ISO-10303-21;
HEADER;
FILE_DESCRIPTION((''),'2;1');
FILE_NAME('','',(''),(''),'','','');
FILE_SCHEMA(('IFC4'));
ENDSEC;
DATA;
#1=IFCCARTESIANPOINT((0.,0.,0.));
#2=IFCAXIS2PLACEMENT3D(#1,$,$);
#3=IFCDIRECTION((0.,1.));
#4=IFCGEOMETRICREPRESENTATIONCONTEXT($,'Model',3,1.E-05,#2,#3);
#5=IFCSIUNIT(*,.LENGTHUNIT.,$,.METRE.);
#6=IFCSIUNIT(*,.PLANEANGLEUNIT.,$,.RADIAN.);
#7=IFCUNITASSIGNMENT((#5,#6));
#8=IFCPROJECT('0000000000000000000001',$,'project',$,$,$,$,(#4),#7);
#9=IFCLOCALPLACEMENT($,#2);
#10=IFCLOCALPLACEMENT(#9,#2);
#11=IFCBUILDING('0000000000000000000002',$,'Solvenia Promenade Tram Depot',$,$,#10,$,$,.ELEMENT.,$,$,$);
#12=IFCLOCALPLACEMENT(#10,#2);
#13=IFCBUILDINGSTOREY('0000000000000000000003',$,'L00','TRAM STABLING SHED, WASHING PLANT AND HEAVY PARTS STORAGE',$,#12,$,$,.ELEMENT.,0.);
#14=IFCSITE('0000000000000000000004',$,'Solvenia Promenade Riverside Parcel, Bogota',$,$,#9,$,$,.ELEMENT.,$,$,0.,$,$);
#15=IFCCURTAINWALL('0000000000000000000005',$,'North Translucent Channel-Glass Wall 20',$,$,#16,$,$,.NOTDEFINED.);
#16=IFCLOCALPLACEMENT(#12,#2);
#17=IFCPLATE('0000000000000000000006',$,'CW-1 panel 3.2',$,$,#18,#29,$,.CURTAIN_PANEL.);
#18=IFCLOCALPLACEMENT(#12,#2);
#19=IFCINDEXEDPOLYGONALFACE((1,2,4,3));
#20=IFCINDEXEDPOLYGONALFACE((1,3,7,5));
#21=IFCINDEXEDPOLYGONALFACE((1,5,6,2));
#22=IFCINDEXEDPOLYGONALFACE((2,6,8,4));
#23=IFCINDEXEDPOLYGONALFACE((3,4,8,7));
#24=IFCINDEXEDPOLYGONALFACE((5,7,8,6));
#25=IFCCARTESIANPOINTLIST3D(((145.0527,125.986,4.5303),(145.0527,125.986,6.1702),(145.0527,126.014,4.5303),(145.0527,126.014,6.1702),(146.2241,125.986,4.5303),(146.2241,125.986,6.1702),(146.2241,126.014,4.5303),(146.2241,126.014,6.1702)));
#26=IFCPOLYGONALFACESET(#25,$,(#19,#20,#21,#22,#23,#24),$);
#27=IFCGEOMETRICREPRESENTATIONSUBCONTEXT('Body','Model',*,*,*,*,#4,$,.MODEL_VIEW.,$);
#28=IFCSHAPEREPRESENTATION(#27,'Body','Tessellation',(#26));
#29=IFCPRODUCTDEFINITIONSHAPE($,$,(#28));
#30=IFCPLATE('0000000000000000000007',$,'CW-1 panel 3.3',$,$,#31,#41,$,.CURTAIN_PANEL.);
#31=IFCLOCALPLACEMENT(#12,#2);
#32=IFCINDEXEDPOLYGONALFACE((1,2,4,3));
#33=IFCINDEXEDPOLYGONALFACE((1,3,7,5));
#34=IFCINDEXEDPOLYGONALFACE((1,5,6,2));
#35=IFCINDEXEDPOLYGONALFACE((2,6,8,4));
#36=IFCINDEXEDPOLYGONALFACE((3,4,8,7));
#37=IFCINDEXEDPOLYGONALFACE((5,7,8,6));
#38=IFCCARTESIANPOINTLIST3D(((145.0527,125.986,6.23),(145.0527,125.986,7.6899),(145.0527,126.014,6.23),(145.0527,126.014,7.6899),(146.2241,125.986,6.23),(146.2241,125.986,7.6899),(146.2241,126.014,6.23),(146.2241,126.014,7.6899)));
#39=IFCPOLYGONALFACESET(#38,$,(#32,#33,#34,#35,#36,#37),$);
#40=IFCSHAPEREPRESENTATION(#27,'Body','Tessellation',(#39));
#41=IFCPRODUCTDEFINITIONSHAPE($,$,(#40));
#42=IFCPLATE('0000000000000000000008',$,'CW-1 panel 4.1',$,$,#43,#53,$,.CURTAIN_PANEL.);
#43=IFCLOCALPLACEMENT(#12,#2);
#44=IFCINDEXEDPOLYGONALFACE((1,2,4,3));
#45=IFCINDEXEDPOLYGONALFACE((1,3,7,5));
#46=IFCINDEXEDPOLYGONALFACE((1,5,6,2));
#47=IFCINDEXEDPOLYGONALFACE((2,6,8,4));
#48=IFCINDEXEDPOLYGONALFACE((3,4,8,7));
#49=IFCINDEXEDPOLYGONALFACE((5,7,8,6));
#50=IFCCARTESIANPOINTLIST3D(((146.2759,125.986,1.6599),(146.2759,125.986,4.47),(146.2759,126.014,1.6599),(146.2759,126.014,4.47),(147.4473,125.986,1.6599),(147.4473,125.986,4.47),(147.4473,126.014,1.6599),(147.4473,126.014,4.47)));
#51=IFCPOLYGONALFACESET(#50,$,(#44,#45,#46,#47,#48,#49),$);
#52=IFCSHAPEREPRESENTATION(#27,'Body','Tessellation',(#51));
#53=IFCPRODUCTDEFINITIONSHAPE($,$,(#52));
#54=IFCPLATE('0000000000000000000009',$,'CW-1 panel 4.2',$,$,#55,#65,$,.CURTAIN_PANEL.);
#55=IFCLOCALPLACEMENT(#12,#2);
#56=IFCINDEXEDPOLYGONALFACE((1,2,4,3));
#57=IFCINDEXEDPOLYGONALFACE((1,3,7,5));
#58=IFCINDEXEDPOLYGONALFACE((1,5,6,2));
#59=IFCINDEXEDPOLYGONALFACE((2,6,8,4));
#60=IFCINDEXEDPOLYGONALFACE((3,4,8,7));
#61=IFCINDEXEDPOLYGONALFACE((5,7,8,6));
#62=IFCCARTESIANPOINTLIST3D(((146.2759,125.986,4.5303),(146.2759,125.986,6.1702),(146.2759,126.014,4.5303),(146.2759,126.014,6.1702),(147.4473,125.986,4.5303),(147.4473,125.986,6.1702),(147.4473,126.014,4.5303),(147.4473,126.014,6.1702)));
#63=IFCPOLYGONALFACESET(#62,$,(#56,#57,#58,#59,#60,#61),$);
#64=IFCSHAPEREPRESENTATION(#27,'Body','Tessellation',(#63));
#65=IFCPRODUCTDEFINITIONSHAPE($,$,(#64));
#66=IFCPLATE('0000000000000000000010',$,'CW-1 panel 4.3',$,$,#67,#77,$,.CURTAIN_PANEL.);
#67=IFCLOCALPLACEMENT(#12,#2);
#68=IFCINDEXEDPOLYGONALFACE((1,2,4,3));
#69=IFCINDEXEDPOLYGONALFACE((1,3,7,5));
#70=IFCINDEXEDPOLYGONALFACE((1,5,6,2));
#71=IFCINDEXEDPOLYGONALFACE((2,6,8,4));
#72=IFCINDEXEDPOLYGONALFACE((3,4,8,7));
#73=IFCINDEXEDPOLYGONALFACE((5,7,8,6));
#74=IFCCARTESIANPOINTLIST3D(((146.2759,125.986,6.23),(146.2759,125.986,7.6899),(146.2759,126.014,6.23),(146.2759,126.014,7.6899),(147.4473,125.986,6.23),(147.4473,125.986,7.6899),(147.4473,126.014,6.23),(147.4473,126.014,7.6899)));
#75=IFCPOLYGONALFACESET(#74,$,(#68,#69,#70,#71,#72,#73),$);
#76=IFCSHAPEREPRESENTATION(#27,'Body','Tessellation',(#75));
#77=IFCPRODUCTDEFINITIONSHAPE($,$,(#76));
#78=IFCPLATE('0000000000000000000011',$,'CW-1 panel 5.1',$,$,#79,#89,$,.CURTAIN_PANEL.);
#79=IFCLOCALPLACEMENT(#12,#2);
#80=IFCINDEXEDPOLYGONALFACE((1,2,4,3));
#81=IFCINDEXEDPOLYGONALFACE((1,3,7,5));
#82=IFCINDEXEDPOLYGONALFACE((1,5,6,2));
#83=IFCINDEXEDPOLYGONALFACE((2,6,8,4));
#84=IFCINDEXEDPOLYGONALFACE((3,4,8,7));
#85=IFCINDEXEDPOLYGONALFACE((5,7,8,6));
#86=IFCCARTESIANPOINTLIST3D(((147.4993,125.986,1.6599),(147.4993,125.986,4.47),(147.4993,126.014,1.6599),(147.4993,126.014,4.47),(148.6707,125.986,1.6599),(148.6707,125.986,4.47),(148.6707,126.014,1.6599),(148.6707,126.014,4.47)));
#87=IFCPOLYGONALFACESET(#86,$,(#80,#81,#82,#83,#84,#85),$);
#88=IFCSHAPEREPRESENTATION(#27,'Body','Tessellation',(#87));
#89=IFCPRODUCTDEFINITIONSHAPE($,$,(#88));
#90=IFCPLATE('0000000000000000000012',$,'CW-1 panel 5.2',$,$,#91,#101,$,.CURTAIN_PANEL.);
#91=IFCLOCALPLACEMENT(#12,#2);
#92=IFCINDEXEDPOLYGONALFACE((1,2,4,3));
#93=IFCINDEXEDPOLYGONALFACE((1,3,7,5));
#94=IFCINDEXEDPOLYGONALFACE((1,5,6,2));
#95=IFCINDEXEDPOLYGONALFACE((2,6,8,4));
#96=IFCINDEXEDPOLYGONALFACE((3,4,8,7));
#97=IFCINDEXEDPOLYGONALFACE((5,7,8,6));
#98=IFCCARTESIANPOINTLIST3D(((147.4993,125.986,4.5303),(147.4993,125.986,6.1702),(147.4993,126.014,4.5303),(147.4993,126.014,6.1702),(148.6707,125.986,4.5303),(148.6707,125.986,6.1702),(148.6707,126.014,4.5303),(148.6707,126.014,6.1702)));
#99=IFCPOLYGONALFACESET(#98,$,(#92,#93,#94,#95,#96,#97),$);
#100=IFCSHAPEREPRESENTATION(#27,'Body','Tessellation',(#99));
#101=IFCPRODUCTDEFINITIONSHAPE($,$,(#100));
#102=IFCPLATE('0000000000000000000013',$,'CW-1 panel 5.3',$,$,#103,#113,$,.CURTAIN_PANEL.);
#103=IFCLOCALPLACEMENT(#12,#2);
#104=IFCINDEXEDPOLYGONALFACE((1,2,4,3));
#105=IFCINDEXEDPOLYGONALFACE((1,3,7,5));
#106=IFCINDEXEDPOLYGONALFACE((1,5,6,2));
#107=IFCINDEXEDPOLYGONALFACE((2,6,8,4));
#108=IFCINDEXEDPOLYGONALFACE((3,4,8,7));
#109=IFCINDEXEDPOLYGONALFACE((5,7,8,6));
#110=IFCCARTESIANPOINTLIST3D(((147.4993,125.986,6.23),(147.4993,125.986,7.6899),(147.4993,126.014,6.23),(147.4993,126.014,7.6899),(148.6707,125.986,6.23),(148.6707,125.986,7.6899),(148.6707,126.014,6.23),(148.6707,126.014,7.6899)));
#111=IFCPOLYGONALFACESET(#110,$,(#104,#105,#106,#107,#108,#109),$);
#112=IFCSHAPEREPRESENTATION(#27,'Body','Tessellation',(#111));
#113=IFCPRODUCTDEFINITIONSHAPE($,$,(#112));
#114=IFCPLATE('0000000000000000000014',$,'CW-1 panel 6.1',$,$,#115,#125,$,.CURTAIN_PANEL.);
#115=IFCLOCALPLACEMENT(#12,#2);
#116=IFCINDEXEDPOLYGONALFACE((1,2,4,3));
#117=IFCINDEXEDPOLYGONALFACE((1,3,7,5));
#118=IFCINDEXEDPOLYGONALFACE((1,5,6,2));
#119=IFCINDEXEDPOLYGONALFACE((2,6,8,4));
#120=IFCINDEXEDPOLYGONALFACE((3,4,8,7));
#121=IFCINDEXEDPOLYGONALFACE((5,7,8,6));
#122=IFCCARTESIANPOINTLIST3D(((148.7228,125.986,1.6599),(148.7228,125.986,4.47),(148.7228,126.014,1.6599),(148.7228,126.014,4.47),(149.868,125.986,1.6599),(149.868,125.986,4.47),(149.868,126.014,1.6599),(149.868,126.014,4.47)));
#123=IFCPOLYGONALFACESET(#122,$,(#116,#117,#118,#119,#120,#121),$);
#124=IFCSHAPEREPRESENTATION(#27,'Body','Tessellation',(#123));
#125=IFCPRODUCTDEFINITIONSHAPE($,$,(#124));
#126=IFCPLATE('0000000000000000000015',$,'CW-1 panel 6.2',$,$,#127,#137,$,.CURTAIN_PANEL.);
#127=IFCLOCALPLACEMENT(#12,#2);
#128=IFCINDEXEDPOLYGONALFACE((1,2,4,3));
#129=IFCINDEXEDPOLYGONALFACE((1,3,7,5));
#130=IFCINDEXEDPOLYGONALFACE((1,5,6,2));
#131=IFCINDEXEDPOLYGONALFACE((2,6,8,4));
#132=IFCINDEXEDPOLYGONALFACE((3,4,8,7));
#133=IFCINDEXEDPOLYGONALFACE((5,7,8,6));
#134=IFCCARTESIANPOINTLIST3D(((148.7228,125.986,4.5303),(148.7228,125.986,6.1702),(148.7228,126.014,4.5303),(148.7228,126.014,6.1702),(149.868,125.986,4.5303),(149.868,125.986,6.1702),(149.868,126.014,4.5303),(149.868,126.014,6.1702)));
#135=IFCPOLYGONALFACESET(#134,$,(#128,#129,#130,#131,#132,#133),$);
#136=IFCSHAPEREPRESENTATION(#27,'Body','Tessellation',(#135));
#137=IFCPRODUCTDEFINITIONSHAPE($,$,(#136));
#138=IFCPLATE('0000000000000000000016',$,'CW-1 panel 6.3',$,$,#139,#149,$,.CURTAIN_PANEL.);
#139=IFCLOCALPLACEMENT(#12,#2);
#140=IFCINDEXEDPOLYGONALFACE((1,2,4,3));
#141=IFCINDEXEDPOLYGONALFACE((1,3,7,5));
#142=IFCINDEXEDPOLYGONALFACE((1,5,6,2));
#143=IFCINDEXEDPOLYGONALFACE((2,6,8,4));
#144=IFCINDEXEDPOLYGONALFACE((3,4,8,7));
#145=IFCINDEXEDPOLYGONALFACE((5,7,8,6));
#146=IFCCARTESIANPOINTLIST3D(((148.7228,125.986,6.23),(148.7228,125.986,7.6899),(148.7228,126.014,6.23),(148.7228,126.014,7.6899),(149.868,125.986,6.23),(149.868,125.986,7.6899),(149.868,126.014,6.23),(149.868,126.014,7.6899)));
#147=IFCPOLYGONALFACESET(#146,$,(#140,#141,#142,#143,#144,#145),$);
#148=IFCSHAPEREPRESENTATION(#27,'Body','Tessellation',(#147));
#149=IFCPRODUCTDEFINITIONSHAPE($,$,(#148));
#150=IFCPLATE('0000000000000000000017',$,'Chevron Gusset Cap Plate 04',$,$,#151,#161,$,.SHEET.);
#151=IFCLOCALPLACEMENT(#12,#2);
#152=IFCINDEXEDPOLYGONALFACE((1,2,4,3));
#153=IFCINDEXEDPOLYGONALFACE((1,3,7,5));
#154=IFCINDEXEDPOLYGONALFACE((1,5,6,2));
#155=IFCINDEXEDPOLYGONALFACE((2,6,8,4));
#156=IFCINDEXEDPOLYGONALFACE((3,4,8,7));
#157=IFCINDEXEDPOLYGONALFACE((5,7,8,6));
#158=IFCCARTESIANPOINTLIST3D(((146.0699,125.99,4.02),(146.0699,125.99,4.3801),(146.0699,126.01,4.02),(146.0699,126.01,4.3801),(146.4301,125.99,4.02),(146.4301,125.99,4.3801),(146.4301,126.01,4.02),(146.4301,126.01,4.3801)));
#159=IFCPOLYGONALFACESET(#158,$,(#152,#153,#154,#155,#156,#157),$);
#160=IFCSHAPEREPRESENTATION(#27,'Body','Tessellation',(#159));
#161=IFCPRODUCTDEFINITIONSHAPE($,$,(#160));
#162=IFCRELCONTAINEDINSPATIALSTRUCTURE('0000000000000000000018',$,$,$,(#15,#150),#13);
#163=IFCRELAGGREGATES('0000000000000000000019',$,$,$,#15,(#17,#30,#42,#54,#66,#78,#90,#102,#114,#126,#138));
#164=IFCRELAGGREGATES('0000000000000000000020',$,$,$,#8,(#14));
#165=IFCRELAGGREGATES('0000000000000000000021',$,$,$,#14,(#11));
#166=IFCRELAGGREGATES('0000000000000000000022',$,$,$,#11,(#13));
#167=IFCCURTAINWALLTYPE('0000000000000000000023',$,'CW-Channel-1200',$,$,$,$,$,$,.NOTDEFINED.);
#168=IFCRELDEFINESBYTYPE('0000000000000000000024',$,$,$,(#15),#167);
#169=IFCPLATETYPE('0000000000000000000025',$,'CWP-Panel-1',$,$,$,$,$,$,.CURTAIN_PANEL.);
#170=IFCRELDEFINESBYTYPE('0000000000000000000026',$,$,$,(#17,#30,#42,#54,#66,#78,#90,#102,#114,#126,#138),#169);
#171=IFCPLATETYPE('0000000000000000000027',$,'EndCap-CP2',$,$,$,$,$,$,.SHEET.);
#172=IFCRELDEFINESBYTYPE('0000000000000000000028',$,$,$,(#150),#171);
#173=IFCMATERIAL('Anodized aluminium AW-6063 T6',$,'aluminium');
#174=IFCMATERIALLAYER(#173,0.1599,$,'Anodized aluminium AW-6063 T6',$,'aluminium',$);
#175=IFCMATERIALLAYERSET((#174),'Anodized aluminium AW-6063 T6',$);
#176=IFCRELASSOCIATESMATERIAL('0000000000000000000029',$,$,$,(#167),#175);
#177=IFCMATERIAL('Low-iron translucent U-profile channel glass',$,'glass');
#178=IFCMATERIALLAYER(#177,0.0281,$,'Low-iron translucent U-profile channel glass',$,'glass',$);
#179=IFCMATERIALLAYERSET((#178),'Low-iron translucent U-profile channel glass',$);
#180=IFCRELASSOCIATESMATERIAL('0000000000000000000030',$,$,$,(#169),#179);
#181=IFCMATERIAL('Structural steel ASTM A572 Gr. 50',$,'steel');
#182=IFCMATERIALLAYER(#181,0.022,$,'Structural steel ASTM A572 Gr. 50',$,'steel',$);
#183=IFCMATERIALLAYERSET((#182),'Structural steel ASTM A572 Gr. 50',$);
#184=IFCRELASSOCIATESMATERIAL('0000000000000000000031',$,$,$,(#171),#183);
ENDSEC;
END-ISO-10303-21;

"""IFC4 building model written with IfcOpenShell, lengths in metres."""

from ifc_helpers import new_model, si_unit, direction, frame, origin, origin_2d, place, context, subcontext, project, spatial, rectangle, extrude, material, layer, layer_set, type_object, element, aggregate, save


model = new_model("IFC4")

# Units and contexts
model_context = context("Model", 3, precision=1e-05, world=origin(), true_north=direction((0.0, 1.0)))
body_context = subcontext(model_context, "Body", "Model", "MODEL_VIEW")
ifc_project = project(units=[si_unit("LENGTHUNIT", "METRE"), si_unit("PLANEANGLEUNIT", "RADIAN")], contexts=[model_context])

# Site, building, storey
site_placement = place(None, origin())
site = spatial("IfcSite", under=ifc_project, at=site_placement, Name="Solvenia Promenade Riverside Parcel, Bogota", CompositionType="ELEMENT", RefElevation=0.0)
building_placement = place(site_placement, origin())
building = spatial("IfcBuilding", under=site, at=building_placement, Name="Solvenia Promenade Tram Depot", CompositionType="ELEMENT")
storey_placement = place(building_placement, origin())
storey = spatial("IfcBuildingStorey", under=building, at=storey_placement, Name="L00", Description="TRAM STABLING SHED, WASHING PLANT AND HEAVY PARTS STORAGE", CompositionType="ELEMENT", Elevation=0.0)

# Curtain wall, plates
ifc_material_1 = material(Name="Anodized aluminium AW-6063 T6", Category="aluminium")
ifc_layer_1 = layer(ifc_material_1, 0.1599, Name="Anodized aluminium AW-6063 T6", Category="aluminium")
ifc_layer_set_1 = layer_set([ifc_layer_1], Name="Anodized aluminium AW-6063 T6")
curtain_wall_type = type_object("IfcCurtainWallType", Name="CW-Channel-1200", PredefinedType="NOTDEFINED", material=ifc_layer_set_1)
curtain_wall_placement = place(storey_placement, origin())
curtain_wall = element("IfcCurtainWall", 1, at=curtain_wall_placement, inside=storey, type_object=curtain_wall_type, Name="North Translucent Channel-Glass Wall 20", PredefinedType="NOTDEFINED")
ifc_material_2 = material(Name="Low-iron translucent U-profile channel glass", Category="glass")
ifc_layer_2 = layer(ifc_material_2, 0.0281, Name="Low-iron translucent U-profile channel glass", Category="glass")
ifc_layer_set_2 = layer_set([ifc_layer_2], Name="Low-iron translucent U-profile channel glass")
plate_type_1 = type_object("IfcPlateType", Name="CWP-Panel-1", PredefinedType="CURTAIN_PANEL", material=ifc_layer_set_2)
plate_1_placement = place(storey_placement, frame((145.6384, 126.0, 4.5303), z_axis=(0.0, 0.0, 1.0), x_axis=(1.0, 0.0, 0.0)))
plate_1 = element("IfcPlate", 2, at=plate_1_placement, type_object=plate_type_1, Name="CW-1 panel 3.2", PredefinedType="CURTAIN_PANEL", context=body_context, shape_type="SweptSolid", body=[
    extrude(rectangle(XDim=1.1714, YDim=0.0281, at=origin_2d()), origin(), (0.0, 0.0, 1.0), 1.6399),
])
plate_2_placement = place(storey_placement, frame((145.6384, 126.0, 6.23), z_axis=(0.0, 0.0, 1.0), x_axis=(1.0, 0.0, 0.0)))
plate_2 = element("IfcPlate", 3, at=plate_2_placement, type_object=plate_type_1, Name="CW-1 panel 3.3", PredefinedType="CURTAIN_PANEL", context=body_context, shape_type="SweptSolid", body=[
    extrude(rectangle(XDim=1.1714, YDim=0.0281, at=origin_2d()), origin(), (0.0, 0.0, 1.0), 1.46),
])
plate_3_placement = place(storey_placement, frame((146.8616, 126.0, 1.6599), z_axis=(0.0, 0.0, 1.0), x_axis=(1.0, 0.0, 0.0)))
plate_3 = element("IfcPlate", 4, at=plate_3_placement, type_object=plate_type_1, Name="CW-1 panel 4.1", PredefinedType="CURTAIN_PANEL", context=body_context, shape_type="SweptSolid", body=[
    extrude(rectangle(XDim=1.1714, YDim=0.0281, at=origin_2d()), origin(), (0.0, 0.0, 1.0), 2.8101),
])
plate_4_placement = place(storey_placement, frame((146.8616, 126.0, 4.5303), z_axis=(0.0, 0.0, 1.0), x_axis=(1.0, 0.0, 0.0)))
plate_4 = element("IfcPlate", 5, at=plate_4_placement, type_object=plate_type_1, Name="CW-1 panel 4.2", PredefinedType="CURTAIN_PANEL", context=body_context, shape_type="SweptSolid", body=[
    extrude(rectangle(XDim=1.1714, YDim=0.0281, at=origin_2d()), origin(), (0.0, 0.0, 1.0), 1.6399),
])
plate_5_placement = place(storey_placement, frame((146.8616, 126.0, 6.23), z_axis=(0.0, 0.0, 1.0), x_axis=(1.0, 0.0, 0.0)))
plate_5 = element("IfcPlate", 6, at=plate_5_placement, type_object=plate_type_1, Name="CW-1 panel 4.3", PredefinedType="CURTAIN_PANEL", context=body_context, shape_type="SweptSolid", body=[
    extrude(rectangle(XDim=1.1714, YDim=0.0281, at=origin_2d()), origin(), (0.0, 0.0, 1.0), 1.46),
])
plate_6_placement = place(storey_placement, frame((148.085, 126.0, 1.6599), z_axis=(0.0, 0.0, 1.0), x_axis=(1.0, 0.0, 0.0)))
plate_6 = element("IfcPlate", 7, at=plate_6_placement, type_object=plate_type_1, Name="CW-1 panel 5.1", PredefinedType="CURTAIN_PANEL", context=body_context, shape_type="SweptSolid", body=[
    extrude(rectangle(XDim=1.1714, YDim=0.0281, at=origin_2d()), origin(), (0.0, 0.0, 1.0), 2.8101),
])
plate_7_placement = place(storey_placement, frame((148.085, 126.0, 4.5303), z_axis=(0.0, 0.0, 1.0), x_axis=(1.0, 0.0, 0.0)))
plate_7 = element("IfcPlate", 8, at=plate_7_placement, type_object=plate_type_1, Name="CW-1 panel 5.2", PredefinedType="CURTAIN_PANEL", context=body_context, shape_type="SweptSolid", body=[
    extrude(rectangle(XDim=1.1714, YDim=0.0281, at=origin_2d()), origin(), (0.0, 0.0, 1.0), 1.6399),
])
plate_8_placement = place(storey_placement, frame((148.085, 126.0, 6.23), z_axis=(0.0, 0.0, 1.0), x_axis=(1.0, 0.0, 0.0)))
plate_8 = element("IfcPlate", 9, at=plate_8_placement, type_object=plate_type_1, Name="CW-1 panel 5.3", PredefinedType="CURTAIN_PANEL", context=body_context, shape_type="SweptSolid", body=[
    extrude(rectangle(XDim=1.1714, YDim=0.0281, at=origin_2d()), origin(), (0.0, 0.0, 1.0), 1.46),
])
plate_9_placement = place(storey_placement, frame((149.2954, 126.0, 1.6599), z_axis=(0.0, 0.0, 1.0), x_axis=(1.0, 0.0, 0.0)))
plate_9 = element("IfcPlate", 10, at=plate_9_placement, type_object=plate_type_1, Name="CW-1 panel 6.1", PredefinedType="CURTAIN_PANEL", context=body_context, shape_type="SweptSolid", body=[
    extrude(rectangle(XDim=1.1453, YDim=0.0281, at=origin_2d()), origin(), (0.0, 0.0, 1.0), 2.8101),
])
plate_10_placement = place(storey_placement, frame((149.2954, 126.0, 4.5303), z_axis=(0.0, 0.0, 1.0), x_axis=(1.0, 0.0, 0.0)))
plate_10 = element("IfcPlate", 11, at=plate_10_placement, type_object=plate_type_1, Name="CW-1 panel 6.2", PredefinedType="CURTAIN_PANEL", context=body_context, shape_type="SweptSolid", body=[
    extrude(rectangle(XDim=1.1453, YDim=0.0281, at=origin_2d()), origin(), (0.0, 0.0, 1.0), 1.6399),
])
plate_11_placement = place(storey_placement, frame((149.2954, 126.0, 6.23), z_axis=(0.0, 0.0, 1.0), x_axis=(1.0, 0.0, 0.0)))
plate_11 = element("IfcPlate", 12, at=plate_11_placement, type_object=plate_type_1, Name="CW-1 panel 6.3", PredefinedType="CURTAIN_PANEL", context=body_context, shape_type="SweptSolid", body=[
    extrude(rectangle(XDim=1.1453, YDim=0.0281, at=origin_2d()), origin(), (0.0, 0.0, 1.0), 1.46),
])
aggregate(curtain_wall, [plate_1, plate_2, plate_3, plate_4, plate_5, plate_6, plate_7, plate_8, plate_9, plate_10, plate_11])

# Plate
ifc_material_3 = material(Name="Structural steel ASTM A572 Gr. 50", Category="steel")
ifc_layer_3 = layer(ifc_material_3, 0.022, Name="Structural steel ASTM A572 Gr. 50", Category="steel")
ifc_layer_set_3 = layer_set([ifc_layer_3], Name="Structural steel ASTM A572 Gr. 50")
plate_type_2 = type_object("IfcPlateType", Name="EndCap-CP2", PredefinedType="SHEET", material=ifc_layer_set_3)
plate_12_placement = place(storey_placement, frame((146.25, 126.0, 4.02), z_axis=(0.0, 0.0, 1.0), x_axis=(1.0, 0.0, 0.0)))
element("IfcPlate", 13, at=plate_12_placement, inside=storey, type_object=plate_type_2, Name="Chevron Gusset Cap Plate 04", PredefinedType="SHEET", context=body_context, shape_type="SweptSolid", body=[
    extrude(rectangle(XDim=0.3601, YDim=0.02, at=origin_2d()), origin(), (0.0, 0.0, 1.0), 0.3601),
])

save(model, "model.ifc")
